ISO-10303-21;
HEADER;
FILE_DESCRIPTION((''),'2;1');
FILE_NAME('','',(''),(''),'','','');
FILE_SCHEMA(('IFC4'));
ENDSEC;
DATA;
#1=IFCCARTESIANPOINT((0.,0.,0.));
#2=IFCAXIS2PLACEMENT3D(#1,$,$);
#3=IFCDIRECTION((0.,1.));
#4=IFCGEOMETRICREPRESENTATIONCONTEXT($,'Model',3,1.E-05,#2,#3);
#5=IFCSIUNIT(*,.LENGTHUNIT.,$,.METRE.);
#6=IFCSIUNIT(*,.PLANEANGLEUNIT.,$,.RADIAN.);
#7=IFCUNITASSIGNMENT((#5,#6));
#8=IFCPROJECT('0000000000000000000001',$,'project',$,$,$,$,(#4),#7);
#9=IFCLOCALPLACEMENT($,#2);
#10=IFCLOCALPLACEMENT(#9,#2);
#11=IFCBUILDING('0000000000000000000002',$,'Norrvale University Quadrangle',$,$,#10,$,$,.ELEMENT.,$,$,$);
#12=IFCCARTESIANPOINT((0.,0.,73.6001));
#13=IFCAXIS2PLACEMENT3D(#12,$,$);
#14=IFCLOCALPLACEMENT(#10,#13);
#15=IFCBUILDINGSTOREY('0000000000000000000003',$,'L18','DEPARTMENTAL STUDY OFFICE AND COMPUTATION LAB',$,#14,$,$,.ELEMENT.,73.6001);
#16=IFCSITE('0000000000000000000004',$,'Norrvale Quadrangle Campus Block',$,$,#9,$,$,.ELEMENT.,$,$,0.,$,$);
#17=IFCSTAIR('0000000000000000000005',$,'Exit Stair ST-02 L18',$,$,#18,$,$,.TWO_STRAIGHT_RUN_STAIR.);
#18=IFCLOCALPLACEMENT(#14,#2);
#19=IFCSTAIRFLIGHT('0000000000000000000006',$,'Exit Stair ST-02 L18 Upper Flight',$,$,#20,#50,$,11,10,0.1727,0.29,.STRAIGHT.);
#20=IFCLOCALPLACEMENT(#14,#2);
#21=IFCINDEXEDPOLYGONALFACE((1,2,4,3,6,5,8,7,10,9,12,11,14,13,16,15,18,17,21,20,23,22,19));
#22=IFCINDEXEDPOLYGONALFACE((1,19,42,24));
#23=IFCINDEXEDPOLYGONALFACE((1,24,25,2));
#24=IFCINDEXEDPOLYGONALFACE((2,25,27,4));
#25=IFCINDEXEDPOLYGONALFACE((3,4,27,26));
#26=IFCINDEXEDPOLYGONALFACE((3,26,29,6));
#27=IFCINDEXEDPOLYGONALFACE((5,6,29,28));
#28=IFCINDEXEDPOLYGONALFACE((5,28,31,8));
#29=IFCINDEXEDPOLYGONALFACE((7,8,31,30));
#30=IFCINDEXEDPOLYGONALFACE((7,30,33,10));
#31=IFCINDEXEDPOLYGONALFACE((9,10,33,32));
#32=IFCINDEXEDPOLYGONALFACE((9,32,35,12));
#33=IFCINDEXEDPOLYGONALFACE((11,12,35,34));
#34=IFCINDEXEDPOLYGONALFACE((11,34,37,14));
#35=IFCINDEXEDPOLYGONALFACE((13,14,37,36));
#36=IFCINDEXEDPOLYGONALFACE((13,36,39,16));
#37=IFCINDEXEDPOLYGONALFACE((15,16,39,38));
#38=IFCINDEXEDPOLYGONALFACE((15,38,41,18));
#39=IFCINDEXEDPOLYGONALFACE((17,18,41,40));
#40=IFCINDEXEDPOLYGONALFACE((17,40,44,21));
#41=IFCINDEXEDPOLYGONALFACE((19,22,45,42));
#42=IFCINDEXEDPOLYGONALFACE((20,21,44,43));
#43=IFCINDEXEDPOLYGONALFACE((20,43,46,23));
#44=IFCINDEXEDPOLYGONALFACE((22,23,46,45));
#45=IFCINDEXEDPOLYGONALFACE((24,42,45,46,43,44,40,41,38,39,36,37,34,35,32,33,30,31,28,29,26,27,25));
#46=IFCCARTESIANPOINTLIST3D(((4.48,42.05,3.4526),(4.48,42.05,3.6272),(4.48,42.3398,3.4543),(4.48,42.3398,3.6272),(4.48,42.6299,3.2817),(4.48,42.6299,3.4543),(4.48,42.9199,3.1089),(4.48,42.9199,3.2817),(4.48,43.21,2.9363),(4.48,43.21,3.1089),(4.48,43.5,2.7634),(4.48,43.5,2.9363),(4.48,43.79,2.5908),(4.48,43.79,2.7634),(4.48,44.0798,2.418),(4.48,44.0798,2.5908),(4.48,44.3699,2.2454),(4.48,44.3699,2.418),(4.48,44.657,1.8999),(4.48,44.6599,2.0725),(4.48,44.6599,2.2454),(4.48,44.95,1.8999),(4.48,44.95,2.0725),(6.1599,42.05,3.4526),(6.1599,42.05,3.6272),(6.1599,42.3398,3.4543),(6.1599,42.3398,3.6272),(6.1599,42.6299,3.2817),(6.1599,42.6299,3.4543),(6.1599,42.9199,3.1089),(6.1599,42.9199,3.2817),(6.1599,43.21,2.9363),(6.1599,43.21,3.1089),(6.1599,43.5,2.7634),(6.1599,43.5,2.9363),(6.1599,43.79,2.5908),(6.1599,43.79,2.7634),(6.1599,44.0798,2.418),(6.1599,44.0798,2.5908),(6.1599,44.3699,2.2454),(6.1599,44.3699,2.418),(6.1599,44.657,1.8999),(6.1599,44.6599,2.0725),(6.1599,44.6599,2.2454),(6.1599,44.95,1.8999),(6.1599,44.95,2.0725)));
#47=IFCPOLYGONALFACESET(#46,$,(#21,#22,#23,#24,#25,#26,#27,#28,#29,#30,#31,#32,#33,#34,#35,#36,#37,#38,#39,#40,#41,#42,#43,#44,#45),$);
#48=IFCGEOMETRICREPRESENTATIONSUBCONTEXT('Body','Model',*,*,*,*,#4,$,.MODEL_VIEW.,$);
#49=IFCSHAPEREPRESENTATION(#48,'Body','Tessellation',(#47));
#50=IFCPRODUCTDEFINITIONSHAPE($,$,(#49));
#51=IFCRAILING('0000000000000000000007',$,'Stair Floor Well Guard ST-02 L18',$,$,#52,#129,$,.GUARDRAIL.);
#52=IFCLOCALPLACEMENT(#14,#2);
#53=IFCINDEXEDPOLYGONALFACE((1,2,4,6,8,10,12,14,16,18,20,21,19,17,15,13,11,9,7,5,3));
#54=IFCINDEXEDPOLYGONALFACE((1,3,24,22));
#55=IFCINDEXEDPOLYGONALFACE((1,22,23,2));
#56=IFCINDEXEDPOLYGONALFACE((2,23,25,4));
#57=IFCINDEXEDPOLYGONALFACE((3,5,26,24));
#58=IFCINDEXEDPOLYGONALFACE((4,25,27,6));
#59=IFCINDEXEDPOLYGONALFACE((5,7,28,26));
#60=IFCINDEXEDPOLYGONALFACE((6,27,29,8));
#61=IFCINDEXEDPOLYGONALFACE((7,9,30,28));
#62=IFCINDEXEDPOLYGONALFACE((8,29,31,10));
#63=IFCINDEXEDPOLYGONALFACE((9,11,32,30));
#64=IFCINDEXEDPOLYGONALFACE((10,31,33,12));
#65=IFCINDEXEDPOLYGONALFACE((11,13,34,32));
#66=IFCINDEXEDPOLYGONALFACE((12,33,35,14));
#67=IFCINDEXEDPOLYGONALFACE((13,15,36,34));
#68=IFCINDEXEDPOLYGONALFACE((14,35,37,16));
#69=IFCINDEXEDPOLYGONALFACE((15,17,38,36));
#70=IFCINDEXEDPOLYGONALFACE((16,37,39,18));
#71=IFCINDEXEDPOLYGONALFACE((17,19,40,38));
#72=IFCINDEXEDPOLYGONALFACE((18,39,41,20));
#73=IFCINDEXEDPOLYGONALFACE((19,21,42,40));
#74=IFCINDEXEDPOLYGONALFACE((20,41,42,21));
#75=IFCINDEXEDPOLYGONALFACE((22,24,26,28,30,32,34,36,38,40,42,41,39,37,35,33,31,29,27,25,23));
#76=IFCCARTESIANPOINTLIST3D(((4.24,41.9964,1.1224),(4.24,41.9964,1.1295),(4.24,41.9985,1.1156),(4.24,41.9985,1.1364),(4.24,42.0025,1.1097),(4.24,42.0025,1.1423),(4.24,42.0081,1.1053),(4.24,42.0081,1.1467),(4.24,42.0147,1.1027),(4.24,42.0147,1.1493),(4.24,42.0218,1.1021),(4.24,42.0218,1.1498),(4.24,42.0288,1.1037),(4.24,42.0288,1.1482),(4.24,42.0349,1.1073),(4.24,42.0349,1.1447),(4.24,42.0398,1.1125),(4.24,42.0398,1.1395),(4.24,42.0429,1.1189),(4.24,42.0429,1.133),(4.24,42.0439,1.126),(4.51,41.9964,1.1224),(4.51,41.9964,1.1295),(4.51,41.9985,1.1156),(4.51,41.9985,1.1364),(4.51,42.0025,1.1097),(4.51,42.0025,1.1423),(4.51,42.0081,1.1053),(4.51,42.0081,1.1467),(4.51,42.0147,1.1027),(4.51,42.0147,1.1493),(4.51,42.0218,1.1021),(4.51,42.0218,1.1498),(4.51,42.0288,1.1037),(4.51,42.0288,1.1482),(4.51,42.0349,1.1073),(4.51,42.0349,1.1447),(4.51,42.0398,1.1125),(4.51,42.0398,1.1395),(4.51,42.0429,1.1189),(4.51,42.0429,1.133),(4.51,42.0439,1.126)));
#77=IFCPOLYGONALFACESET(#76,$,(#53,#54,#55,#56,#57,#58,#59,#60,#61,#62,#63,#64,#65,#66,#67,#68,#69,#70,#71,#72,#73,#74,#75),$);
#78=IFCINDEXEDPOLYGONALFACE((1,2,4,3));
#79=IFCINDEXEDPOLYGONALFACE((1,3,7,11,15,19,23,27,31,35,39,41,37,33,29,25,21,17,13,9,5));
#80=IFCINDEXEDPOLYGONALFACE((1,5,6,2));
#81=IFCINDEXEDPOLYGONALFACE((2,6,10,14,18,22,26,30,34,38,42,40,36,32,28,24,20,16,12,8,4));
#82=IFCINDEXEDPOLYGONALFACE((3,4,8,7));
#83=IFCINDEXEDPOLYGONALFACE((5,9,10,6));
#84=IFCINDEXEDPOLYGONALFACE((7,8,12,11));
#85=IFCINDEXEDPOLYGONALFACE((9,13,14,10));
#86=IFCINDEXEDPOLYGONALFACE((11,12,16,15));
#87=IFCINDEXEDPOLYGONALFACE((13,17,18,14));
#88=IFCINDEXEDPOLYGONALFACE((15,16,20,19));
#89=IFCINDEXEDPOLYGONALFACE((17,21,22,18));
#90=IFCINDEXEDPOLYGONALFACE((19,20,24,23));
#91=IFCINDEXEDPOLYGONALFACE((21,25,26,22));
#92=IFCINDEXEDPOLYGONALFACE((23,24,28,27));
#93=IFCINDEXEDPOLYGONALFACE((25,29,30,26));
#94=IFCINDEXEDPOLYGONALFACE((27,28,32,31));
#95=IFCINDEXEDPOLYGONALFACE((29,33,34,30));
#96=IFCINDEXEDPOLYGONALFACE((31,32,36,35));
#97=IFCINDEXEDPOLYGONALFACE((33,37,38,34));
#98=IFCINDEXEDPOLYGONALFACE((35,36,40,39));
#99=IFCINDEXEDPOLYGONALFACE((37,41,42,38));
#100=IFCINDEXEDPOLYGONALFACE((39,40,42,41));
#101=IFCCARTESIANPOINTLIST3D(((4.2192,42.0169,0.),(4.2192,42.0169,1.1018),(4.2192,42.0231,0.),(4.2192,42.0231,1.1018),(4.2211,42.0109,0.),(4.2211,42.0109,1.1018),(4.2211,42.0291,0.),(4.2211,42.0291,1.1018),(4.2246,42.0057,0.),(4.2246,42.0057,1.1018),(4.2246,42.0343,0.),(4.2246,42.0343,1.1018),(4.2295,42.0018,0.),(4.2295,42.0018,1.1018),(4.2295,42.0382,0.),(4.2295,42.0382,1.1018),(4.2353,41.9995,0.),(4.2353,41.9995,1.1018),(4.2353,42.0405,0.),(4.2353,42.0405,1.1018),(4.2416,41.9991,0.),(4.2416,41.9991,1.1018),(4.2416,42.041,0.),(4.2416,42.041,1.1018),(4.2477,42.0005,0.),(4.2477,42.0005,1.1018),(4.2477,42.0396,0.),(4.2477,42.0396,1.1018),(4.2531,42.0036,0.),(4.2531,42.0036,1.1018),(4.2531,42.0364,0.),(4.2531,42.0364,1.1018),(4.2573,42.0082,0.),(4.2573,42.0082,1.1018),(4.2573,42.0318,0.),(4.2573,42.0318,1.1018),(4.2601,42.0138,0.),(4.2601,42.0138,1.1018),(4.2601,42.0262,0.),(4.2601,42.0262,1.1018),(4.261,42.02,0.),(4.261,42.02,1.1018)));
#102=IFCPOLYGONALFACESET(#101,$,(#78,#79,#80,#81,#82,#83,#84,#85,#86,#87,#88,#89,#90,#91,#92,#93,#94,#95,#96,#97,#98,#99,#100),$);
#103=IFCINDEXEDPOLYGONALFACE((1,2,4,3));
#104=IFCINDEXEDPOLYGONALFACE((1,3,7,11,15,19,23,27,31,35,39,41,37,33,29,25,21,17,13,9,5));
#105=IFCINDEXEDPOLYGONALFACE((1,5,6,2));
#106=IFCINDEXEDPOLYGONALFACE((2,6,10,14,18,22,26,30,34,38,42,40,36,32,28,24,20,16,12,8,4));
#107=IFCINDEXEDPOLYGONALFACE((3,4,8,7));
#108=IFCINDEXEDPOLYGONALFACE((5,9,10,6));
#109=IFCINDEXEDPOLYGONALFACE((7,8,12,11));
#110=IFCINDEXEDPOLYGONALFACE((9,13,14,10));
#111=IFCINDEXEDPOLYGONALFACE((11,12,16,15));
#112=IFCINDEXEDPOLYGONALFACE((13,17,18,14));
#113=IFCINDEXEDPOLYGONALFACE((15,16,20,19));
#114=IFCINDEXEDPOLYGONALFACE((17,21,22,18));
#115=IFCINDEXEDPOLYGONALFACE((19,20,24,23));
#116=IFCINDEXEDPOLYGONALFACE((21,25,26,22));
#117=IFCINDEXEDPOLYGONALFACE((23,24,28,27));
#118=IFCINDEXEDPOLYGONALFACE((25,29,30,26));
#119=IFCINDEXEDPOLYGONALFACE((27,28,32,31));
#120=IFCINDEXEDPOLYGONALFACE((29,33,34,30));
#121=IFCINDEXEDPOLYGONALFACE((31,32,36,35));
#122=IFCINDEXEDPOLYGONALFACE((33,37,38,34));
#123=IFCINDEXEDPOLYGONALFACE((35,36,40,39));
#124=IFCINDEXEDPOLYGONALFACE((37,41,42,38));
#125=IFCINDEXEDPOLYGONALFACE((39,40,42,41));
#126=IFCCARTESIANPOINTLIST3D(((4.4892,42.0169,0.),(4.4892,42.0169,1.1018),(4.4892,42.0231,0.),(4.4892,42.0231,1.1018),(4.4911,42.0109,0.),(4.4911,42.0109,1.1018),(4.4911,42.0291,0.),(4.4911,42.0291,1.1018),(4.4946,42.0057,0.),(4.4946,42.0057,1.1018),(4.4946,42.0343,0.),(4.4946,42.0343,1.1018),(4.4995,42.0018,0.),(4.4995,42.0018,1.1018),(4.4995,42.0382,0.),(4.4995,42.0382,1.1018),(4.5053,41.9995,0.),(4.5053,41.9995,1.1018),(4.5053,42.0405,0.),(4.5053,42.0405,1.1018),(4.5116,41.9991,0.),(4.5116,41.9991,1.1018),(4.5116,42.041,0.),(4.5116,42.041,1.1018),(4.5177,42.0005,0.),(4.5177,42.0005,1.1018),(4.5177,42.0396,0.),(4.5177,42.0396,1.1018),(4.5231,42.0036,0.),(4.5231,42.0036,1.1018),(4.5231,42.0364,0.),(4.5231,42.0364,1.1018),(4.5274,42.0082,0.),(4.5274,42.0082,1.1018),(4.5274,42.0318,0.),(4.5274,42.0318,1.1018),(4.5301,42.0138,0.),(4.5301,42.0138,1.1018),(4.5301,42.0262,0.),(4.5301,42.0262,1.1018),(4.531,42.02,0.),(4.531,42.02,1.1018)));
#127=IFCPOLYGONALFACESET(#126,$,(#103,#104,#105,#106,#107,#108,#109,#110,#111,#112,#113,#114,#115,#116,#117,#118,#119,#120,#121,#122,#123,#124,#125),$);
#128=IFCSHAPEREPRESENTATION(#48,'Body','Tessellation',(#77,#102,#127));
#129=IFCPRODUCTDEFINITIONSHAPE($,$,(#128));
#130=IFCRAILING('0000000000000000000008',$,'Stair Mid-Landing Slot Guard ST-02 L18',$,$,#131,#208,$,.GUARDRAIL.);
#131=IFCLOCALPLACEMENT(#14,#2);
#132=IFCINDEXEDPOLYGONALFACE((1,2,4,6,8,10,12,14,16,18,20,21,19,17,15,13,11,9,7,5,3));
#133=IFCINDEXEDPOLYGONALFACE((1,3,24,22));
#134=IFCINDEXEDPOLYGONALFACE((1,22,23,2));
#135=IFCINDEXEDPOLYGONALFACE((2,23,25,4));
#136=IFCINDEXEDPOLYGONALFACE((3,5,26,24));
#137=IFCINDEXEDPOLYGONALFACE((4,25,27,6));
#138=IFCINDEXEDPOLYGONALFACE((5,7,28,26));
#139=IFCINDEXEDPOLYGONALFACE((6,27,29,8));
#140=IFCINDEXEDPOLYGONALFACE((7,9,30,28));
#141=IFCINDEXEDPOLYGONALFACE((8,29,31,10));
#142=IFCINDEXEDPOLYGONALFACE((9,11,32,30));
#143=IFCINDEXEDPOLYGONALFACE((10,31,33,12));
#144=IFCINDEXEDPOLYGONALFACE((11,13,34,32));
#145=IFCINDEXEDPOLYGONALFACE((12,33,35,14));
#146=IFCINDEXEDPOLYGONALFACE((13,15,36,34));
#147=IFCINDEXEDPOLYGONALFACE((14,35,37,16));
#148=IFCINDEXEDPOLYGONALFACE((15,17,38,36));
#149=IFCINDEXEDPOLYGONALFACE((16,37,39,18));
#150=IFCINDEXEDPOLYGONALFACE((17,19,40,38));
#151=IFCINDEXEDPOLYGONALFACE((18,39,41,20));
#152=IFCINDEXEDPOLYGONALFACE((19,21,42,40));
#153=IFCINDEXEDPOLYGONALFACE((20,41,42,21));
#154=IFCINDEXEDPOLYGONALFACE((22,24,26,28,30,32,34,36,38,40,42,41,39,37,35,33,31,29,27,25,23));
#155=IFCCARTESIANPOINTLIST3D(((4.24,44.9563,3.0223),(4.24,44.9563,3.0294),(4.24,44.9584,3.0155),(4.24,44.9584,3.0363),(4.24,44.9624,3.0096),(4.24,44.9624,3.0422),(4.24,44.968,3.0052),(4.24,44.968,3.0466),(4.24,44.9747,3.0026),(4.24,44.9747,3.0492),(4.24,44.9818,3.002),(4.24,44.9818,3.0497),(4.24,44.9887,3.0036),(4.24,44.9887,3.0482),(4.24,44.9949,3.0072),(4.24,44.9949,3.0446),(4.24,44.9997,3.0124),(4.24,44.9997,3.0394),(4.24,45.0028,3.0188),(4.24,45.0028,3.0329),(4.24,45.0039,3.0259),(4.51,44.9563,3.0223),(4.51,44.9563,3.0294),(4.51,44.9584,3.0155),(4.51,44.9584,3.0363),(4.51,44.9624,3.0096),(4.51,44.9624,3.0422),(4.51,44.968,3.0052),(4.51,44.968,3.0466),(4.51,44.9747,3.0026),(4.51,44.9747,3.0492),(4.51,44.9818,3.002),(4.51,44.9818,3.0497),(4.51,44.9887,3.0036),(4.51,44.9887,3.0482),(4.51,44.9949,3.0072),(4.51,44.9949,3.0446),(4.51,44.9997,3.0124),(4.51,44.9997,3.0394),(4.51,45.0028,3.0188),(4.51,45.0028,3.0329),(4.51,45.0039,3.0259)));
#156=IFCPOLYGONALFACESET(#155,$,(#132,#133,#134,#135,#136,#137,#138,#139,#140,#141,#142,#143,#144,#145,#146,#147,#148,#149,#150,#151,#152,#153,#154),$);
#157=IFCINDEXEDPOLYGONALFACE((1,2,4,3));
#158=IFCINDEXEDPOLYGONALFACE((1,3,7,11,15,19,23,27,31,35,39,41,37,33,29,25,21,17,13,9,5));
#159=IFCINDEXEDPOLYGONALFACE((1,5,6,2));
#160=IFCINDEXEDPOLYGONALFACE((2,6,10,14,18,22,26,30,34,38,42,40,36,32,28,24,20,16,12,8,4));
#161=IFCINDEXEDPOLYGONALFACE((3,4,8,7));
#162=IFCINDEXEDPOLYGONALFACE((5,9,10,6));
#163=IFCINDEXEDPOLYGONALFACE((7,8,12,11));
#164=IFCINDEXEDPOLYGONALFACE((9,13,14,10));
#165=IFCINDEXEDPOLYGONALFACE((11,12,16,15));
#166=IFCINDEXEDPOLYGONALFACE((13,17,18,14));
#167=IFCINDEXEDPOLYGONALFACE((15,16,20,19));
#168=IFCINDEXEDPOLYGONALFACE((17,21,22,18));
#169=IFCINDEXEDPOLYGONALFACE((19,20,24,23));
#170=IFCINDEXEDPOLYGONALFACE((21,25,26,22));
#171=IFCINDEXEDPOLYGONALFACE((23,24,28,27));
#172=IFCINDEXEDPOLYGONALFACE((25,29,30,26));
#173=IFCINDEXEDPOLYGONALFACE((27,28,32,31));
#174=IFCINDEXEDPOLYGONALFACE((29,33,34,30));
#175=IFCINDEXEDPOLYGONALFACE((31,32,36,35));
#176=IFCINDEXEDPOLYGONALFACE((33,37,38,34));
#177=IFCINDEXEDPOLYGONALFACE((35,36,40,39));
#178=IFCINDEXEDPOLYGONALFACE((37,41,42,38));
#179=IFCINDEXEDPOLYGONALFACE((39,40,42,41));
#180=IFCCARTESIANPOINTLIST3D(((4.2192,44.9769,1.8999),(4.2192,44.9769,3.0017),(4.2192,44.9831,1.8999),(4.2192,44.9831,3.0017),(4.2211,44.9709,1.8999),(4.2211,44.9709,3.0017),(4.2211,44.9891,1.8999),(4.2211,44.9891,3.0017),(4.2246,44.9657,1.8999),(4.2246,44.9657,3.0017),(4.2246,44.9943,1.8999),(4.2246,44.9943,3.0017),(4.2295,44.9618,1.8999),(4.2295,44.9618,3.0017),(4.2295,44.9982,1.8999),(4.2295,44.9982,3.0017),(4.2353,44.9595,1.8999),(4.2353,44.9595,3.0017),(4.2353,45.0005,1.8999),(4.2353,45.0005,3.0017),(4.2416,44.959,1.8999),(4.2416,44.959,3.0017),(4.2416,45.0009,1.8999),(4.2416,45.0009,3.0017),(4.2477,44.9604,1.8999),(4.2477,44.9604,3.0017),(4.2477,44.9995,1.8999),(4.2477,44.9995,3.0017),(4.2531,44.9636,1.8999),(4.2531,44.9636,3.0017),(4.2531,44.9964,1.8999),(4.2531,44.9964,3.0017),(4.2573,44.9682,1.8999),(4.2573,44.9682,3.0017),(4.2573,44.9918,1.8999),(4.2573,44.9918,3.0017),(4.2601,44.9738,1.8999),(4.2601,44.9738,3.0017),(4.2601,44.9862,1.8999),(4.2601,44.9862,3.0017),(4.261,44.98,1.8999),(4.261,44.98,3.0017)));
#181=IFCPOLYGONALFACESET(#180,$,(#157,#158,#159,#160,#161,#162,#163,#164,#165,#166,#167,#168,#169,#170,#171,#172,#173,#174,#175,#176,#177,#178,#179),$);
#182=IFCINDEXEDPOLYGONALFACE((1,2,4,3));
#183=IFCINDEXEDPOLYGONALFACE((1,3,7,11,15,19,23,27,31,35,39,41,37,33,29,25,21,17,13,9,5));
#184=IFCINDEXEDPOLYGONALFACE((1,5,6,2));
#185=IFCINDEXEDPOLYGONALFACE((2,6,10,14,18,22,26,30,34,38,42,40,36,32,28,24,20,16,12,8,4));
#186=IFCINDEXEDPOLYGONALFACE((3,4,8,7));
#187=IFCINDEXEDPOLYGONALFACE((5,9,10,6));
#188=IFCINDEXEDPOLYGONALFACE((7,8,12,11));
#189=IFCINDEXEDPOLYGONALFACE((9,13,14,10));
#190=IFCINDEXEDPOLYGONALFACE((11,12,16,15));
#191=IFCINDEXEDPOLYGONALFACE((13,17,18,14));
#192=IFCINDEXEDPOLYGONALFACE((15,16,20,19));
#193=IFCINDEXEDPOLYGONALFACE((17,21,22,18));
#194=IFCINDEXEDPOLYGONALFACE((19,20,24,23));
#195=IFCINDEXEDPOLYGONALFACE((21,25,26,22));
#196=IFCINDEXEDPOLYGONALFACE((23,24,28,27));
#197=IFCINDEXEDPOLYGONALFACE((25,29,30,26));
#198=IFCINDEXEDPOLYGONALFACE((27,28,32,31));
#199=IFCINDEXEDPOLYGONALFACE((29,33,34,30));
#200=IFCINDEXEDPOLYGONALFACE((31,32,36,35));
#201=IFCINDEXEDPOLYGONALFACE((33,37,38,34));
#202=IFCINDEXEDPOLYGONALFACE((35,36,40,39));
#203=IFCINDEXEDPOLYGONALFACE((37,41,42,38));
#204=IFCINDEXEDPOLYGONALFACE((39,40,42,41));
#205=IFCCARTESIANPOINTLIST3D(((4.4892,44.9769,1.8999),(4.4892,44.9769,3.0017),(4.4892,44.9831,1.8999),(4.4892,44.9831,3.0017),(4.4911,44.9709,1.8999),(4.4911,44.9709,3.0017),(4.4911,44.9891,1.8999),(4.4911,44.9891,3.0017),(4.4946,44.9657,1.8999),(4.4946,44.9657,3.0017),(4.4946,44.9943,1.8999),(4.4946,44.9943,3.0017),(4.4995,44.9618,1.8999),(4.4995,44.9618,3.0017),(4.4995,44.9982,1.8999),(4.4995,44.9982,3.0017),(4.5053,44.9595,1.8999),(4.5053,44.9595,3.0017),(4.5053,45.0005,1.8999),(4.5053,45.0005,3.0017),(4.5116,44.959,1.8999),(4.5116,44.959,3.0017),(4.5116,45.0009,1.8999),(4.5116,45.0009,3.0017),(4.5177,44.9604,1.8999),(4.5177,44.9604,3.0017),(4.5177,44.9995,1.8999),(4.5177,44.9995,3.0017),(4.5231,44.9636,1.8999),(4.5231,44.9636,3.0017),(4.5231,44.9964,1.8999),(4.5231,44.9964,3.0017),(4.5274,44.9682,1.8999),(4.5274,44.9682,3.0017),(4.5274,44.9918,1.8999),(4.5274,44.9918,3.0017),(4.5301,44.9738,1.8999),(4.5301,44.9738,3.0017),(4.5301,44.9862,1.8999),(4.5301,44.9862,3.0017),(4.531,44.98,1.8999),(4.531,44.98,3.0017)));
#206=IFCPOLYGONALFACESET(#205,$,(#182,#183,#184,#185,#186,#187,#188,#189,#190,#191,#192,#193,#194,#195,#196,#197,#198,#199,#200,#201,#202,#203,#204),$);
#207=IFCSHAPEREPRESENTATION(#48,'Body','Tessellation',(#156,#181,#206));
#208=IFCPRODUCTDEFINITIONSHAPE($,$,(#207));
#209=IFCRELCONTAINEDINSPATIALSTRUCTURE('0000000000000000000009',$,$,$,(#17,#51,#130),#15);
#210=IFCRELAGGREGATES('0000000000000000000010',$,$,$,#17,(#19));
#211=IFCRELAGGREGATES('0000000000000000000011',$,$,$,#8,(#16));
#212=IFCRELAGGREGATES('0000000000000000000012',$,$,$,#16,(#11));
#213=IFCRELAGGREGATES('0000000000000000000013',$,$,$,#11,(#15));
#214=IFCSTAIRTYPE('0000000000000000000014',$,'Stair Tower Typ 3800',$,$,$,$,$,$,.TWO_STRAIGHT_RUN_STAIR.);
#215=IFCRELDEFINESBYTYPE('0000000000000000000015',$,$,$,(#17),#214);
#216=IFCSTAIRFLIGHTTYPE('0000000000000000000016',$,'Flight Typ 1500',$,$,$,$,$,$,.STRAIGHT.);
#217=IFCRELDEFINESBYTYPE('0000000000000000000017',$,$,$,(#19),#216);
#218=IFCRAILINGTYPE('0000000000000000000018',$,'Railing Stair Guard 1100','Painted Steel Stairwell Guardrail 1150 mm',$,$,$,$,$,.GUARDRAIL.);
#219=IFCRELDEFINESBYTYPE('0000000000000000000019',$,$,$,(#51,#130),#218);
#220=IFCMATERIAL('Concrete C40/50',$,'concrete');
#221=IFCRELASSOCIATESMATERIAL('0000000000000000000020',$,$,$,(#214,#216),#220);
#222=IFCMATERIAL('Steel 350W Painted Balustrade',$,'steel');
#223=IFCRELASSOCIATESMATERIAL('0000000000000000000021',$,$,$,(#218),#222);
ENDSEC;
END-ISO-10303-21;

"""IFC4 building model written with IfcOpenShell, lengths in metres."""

from ifc_helpers import new_model, si_unit, direction, frame, origin, origin_2d, place, context, subcontext, project, spatial, polyline, circle, outline, extrude, material, type_object, element, aggregate, save


model = new_model("IFC4")

# Units and contexts
model_context = context("Model", 3, precision=1e-05, world=origin(), true_north=direction((0.0, 1.0)))
body_context = subcontext(model_context, "Body", "Model", "MODEL_VIEW")
ifc_project = project(units=[si_unit("LENGTHUNIT", "METRE"), si_unit("PLANEANGLEUNIT", "RADIAN")], contexts=[model_context])

# Site, building, storey
site_placement = place(None, origin())
site = spatial("IfcSite", under=ifc_project, at=site_placement, Name="Norrvale Quadrangle Campus Block", CompositionType="ELEMENT", RefElevation=0.0)
building_placement = place(site_placement, origin())
building = spatial("IfcBuilding", under=site, at=building_placement, Name="Norrvale University Quadrangle", CompositionType="ELEMENT")
storey_placement = place(building_placement, frame((0.0, 0.0, 73.6001)))
storey = spatial("IfcBuildingStorey", under=building, at=storey_placement, Name="L18", Description="DEPARTMENTAL STUDY OFFICE AND COMPUTATION LAB", CompositionType="ELEMENT", Elevation=73.6001)

# Stair, stair flight
ifc_material_1 = material(Name="Concrete C40/50", Category="concrete")
stair_type = type_object("IfcStairType", Name="Stair Tower Typ 3800", PredefinedType="TWO_STRAIGHT_RUN_STAIR", material=ifc_material_1)
stair_placement = place(storey_placement, origin())
stair = element("IfcStair", 1, at=stair_placement, inside=storey, type_object=stair_type, Name="Exit Stair ST-02 L18", PredefinedType="TWO_STRAIGHT_RUN_STAIR")
stair_flight_type = type_object("IfcStairFlightType", Name="Flight Typ 1500", PredefinedType="STRAIGHT", material=ifc_material_1)
stair_flight_1_placement = place(storey_placement, frame((5.3201, 44.95, 1.8999), z_axis=(0.0, 0.0, 1.0), x_axis=(0.0, -1.0, 0.0)))
stair_flight_1 = element("IfcStairFlight", 2, at=stair_flight_1_placement, type_object=stair_flight_type, Name="Exit Stair ST-02 L18 Upper Flight", NumberOfRisers=11, NumberOfTreads=10, PredefinedType="STRAIGHT", RiserHeight=0.1727, TreadLength=0.29, context=body_context, shape_type="SweptSolid", body=[
    extrude(outline(polyline([(0.0, 0.0), (0.0, 0.1726), (0.29, 0.1726), (0.29, 0.3455), (0.5801, 0.3455), (0.5801, 0.5181), (0.8701, 0.5181), (0.8701, 0.6909), (1.1599, 0.6909), (1.1599, 0.8635), (1.45, 0.8635), (1.45, 1.0364), (1.74, 1.0364), (1.74, 1.209), (2.03, 1.209), (2.03, 1.3818), (2.3201, 1.3818), (2.3201, 1.5544), (2.6101, 1.5544), (2.6101, 1.7273), (2.8999, 1.7273), (2.8999, 1.8999), (2.8999, 1.5527), (0.293, 0.0), (0.0, 0.0)])), frame((0.0, 0.8398, 0.0), z_axis=(0.0, -1.0, 0.0), x_axis=(1.0, 0.0, 0.0)), (0.0, 0.0, 1.0), 1.6799),
])
aggregate(stair, [stair_flight_1])

# Railings
ifc_material_2 = material(Name="Steel 350W Painted Balustrade", Category="steel")
railing_type_1 = type_object("IfcRailingType", Name="Railing Stair Guard 1100", Description="Painted Steel Stairwell Guardrail 1150 mm", PredefinedType="GUARDRAIL", material=ifc_material_2)
for number, where, name in (
    (3, (4.24, 42.02, 0.0), "Stair Floor Well Guard ST-02 L18"),
    (4, (4.24, 44.98, 1.8999), "Stair Mid-Landing Slot Guard ST-02 L18"),
):
    element("IfcRailing", number, at=place(storey_placement, frame(where)), inside=storey, type_object=railing_type_1, Name=name, PredefinedType="GUARDRAIL", context=body_context, shape_type="SweptSolid", body=[
        extrude(circle(Radius=0.0239, at=origin_2d()), frame((0.0, 0.0, 1.126), z_axis=(1.0, 0.0, 0.0), x_axis=(0.0, 1.0, 0.0)), (0.0, 0.0, 1.0), 0.27),
        extrude(circle(Radius=0.021, at=origin_2d()), origin(), (0.0, 0.0, 1.0), 1.1018),
        extrude(circle(Radius=0.021, at=origin_2d()), frame((0.27, 0.0, 0.0)), (0.0, 0.0, 1.0), 1.1018),
    ])

save(model, "model.ifc")
